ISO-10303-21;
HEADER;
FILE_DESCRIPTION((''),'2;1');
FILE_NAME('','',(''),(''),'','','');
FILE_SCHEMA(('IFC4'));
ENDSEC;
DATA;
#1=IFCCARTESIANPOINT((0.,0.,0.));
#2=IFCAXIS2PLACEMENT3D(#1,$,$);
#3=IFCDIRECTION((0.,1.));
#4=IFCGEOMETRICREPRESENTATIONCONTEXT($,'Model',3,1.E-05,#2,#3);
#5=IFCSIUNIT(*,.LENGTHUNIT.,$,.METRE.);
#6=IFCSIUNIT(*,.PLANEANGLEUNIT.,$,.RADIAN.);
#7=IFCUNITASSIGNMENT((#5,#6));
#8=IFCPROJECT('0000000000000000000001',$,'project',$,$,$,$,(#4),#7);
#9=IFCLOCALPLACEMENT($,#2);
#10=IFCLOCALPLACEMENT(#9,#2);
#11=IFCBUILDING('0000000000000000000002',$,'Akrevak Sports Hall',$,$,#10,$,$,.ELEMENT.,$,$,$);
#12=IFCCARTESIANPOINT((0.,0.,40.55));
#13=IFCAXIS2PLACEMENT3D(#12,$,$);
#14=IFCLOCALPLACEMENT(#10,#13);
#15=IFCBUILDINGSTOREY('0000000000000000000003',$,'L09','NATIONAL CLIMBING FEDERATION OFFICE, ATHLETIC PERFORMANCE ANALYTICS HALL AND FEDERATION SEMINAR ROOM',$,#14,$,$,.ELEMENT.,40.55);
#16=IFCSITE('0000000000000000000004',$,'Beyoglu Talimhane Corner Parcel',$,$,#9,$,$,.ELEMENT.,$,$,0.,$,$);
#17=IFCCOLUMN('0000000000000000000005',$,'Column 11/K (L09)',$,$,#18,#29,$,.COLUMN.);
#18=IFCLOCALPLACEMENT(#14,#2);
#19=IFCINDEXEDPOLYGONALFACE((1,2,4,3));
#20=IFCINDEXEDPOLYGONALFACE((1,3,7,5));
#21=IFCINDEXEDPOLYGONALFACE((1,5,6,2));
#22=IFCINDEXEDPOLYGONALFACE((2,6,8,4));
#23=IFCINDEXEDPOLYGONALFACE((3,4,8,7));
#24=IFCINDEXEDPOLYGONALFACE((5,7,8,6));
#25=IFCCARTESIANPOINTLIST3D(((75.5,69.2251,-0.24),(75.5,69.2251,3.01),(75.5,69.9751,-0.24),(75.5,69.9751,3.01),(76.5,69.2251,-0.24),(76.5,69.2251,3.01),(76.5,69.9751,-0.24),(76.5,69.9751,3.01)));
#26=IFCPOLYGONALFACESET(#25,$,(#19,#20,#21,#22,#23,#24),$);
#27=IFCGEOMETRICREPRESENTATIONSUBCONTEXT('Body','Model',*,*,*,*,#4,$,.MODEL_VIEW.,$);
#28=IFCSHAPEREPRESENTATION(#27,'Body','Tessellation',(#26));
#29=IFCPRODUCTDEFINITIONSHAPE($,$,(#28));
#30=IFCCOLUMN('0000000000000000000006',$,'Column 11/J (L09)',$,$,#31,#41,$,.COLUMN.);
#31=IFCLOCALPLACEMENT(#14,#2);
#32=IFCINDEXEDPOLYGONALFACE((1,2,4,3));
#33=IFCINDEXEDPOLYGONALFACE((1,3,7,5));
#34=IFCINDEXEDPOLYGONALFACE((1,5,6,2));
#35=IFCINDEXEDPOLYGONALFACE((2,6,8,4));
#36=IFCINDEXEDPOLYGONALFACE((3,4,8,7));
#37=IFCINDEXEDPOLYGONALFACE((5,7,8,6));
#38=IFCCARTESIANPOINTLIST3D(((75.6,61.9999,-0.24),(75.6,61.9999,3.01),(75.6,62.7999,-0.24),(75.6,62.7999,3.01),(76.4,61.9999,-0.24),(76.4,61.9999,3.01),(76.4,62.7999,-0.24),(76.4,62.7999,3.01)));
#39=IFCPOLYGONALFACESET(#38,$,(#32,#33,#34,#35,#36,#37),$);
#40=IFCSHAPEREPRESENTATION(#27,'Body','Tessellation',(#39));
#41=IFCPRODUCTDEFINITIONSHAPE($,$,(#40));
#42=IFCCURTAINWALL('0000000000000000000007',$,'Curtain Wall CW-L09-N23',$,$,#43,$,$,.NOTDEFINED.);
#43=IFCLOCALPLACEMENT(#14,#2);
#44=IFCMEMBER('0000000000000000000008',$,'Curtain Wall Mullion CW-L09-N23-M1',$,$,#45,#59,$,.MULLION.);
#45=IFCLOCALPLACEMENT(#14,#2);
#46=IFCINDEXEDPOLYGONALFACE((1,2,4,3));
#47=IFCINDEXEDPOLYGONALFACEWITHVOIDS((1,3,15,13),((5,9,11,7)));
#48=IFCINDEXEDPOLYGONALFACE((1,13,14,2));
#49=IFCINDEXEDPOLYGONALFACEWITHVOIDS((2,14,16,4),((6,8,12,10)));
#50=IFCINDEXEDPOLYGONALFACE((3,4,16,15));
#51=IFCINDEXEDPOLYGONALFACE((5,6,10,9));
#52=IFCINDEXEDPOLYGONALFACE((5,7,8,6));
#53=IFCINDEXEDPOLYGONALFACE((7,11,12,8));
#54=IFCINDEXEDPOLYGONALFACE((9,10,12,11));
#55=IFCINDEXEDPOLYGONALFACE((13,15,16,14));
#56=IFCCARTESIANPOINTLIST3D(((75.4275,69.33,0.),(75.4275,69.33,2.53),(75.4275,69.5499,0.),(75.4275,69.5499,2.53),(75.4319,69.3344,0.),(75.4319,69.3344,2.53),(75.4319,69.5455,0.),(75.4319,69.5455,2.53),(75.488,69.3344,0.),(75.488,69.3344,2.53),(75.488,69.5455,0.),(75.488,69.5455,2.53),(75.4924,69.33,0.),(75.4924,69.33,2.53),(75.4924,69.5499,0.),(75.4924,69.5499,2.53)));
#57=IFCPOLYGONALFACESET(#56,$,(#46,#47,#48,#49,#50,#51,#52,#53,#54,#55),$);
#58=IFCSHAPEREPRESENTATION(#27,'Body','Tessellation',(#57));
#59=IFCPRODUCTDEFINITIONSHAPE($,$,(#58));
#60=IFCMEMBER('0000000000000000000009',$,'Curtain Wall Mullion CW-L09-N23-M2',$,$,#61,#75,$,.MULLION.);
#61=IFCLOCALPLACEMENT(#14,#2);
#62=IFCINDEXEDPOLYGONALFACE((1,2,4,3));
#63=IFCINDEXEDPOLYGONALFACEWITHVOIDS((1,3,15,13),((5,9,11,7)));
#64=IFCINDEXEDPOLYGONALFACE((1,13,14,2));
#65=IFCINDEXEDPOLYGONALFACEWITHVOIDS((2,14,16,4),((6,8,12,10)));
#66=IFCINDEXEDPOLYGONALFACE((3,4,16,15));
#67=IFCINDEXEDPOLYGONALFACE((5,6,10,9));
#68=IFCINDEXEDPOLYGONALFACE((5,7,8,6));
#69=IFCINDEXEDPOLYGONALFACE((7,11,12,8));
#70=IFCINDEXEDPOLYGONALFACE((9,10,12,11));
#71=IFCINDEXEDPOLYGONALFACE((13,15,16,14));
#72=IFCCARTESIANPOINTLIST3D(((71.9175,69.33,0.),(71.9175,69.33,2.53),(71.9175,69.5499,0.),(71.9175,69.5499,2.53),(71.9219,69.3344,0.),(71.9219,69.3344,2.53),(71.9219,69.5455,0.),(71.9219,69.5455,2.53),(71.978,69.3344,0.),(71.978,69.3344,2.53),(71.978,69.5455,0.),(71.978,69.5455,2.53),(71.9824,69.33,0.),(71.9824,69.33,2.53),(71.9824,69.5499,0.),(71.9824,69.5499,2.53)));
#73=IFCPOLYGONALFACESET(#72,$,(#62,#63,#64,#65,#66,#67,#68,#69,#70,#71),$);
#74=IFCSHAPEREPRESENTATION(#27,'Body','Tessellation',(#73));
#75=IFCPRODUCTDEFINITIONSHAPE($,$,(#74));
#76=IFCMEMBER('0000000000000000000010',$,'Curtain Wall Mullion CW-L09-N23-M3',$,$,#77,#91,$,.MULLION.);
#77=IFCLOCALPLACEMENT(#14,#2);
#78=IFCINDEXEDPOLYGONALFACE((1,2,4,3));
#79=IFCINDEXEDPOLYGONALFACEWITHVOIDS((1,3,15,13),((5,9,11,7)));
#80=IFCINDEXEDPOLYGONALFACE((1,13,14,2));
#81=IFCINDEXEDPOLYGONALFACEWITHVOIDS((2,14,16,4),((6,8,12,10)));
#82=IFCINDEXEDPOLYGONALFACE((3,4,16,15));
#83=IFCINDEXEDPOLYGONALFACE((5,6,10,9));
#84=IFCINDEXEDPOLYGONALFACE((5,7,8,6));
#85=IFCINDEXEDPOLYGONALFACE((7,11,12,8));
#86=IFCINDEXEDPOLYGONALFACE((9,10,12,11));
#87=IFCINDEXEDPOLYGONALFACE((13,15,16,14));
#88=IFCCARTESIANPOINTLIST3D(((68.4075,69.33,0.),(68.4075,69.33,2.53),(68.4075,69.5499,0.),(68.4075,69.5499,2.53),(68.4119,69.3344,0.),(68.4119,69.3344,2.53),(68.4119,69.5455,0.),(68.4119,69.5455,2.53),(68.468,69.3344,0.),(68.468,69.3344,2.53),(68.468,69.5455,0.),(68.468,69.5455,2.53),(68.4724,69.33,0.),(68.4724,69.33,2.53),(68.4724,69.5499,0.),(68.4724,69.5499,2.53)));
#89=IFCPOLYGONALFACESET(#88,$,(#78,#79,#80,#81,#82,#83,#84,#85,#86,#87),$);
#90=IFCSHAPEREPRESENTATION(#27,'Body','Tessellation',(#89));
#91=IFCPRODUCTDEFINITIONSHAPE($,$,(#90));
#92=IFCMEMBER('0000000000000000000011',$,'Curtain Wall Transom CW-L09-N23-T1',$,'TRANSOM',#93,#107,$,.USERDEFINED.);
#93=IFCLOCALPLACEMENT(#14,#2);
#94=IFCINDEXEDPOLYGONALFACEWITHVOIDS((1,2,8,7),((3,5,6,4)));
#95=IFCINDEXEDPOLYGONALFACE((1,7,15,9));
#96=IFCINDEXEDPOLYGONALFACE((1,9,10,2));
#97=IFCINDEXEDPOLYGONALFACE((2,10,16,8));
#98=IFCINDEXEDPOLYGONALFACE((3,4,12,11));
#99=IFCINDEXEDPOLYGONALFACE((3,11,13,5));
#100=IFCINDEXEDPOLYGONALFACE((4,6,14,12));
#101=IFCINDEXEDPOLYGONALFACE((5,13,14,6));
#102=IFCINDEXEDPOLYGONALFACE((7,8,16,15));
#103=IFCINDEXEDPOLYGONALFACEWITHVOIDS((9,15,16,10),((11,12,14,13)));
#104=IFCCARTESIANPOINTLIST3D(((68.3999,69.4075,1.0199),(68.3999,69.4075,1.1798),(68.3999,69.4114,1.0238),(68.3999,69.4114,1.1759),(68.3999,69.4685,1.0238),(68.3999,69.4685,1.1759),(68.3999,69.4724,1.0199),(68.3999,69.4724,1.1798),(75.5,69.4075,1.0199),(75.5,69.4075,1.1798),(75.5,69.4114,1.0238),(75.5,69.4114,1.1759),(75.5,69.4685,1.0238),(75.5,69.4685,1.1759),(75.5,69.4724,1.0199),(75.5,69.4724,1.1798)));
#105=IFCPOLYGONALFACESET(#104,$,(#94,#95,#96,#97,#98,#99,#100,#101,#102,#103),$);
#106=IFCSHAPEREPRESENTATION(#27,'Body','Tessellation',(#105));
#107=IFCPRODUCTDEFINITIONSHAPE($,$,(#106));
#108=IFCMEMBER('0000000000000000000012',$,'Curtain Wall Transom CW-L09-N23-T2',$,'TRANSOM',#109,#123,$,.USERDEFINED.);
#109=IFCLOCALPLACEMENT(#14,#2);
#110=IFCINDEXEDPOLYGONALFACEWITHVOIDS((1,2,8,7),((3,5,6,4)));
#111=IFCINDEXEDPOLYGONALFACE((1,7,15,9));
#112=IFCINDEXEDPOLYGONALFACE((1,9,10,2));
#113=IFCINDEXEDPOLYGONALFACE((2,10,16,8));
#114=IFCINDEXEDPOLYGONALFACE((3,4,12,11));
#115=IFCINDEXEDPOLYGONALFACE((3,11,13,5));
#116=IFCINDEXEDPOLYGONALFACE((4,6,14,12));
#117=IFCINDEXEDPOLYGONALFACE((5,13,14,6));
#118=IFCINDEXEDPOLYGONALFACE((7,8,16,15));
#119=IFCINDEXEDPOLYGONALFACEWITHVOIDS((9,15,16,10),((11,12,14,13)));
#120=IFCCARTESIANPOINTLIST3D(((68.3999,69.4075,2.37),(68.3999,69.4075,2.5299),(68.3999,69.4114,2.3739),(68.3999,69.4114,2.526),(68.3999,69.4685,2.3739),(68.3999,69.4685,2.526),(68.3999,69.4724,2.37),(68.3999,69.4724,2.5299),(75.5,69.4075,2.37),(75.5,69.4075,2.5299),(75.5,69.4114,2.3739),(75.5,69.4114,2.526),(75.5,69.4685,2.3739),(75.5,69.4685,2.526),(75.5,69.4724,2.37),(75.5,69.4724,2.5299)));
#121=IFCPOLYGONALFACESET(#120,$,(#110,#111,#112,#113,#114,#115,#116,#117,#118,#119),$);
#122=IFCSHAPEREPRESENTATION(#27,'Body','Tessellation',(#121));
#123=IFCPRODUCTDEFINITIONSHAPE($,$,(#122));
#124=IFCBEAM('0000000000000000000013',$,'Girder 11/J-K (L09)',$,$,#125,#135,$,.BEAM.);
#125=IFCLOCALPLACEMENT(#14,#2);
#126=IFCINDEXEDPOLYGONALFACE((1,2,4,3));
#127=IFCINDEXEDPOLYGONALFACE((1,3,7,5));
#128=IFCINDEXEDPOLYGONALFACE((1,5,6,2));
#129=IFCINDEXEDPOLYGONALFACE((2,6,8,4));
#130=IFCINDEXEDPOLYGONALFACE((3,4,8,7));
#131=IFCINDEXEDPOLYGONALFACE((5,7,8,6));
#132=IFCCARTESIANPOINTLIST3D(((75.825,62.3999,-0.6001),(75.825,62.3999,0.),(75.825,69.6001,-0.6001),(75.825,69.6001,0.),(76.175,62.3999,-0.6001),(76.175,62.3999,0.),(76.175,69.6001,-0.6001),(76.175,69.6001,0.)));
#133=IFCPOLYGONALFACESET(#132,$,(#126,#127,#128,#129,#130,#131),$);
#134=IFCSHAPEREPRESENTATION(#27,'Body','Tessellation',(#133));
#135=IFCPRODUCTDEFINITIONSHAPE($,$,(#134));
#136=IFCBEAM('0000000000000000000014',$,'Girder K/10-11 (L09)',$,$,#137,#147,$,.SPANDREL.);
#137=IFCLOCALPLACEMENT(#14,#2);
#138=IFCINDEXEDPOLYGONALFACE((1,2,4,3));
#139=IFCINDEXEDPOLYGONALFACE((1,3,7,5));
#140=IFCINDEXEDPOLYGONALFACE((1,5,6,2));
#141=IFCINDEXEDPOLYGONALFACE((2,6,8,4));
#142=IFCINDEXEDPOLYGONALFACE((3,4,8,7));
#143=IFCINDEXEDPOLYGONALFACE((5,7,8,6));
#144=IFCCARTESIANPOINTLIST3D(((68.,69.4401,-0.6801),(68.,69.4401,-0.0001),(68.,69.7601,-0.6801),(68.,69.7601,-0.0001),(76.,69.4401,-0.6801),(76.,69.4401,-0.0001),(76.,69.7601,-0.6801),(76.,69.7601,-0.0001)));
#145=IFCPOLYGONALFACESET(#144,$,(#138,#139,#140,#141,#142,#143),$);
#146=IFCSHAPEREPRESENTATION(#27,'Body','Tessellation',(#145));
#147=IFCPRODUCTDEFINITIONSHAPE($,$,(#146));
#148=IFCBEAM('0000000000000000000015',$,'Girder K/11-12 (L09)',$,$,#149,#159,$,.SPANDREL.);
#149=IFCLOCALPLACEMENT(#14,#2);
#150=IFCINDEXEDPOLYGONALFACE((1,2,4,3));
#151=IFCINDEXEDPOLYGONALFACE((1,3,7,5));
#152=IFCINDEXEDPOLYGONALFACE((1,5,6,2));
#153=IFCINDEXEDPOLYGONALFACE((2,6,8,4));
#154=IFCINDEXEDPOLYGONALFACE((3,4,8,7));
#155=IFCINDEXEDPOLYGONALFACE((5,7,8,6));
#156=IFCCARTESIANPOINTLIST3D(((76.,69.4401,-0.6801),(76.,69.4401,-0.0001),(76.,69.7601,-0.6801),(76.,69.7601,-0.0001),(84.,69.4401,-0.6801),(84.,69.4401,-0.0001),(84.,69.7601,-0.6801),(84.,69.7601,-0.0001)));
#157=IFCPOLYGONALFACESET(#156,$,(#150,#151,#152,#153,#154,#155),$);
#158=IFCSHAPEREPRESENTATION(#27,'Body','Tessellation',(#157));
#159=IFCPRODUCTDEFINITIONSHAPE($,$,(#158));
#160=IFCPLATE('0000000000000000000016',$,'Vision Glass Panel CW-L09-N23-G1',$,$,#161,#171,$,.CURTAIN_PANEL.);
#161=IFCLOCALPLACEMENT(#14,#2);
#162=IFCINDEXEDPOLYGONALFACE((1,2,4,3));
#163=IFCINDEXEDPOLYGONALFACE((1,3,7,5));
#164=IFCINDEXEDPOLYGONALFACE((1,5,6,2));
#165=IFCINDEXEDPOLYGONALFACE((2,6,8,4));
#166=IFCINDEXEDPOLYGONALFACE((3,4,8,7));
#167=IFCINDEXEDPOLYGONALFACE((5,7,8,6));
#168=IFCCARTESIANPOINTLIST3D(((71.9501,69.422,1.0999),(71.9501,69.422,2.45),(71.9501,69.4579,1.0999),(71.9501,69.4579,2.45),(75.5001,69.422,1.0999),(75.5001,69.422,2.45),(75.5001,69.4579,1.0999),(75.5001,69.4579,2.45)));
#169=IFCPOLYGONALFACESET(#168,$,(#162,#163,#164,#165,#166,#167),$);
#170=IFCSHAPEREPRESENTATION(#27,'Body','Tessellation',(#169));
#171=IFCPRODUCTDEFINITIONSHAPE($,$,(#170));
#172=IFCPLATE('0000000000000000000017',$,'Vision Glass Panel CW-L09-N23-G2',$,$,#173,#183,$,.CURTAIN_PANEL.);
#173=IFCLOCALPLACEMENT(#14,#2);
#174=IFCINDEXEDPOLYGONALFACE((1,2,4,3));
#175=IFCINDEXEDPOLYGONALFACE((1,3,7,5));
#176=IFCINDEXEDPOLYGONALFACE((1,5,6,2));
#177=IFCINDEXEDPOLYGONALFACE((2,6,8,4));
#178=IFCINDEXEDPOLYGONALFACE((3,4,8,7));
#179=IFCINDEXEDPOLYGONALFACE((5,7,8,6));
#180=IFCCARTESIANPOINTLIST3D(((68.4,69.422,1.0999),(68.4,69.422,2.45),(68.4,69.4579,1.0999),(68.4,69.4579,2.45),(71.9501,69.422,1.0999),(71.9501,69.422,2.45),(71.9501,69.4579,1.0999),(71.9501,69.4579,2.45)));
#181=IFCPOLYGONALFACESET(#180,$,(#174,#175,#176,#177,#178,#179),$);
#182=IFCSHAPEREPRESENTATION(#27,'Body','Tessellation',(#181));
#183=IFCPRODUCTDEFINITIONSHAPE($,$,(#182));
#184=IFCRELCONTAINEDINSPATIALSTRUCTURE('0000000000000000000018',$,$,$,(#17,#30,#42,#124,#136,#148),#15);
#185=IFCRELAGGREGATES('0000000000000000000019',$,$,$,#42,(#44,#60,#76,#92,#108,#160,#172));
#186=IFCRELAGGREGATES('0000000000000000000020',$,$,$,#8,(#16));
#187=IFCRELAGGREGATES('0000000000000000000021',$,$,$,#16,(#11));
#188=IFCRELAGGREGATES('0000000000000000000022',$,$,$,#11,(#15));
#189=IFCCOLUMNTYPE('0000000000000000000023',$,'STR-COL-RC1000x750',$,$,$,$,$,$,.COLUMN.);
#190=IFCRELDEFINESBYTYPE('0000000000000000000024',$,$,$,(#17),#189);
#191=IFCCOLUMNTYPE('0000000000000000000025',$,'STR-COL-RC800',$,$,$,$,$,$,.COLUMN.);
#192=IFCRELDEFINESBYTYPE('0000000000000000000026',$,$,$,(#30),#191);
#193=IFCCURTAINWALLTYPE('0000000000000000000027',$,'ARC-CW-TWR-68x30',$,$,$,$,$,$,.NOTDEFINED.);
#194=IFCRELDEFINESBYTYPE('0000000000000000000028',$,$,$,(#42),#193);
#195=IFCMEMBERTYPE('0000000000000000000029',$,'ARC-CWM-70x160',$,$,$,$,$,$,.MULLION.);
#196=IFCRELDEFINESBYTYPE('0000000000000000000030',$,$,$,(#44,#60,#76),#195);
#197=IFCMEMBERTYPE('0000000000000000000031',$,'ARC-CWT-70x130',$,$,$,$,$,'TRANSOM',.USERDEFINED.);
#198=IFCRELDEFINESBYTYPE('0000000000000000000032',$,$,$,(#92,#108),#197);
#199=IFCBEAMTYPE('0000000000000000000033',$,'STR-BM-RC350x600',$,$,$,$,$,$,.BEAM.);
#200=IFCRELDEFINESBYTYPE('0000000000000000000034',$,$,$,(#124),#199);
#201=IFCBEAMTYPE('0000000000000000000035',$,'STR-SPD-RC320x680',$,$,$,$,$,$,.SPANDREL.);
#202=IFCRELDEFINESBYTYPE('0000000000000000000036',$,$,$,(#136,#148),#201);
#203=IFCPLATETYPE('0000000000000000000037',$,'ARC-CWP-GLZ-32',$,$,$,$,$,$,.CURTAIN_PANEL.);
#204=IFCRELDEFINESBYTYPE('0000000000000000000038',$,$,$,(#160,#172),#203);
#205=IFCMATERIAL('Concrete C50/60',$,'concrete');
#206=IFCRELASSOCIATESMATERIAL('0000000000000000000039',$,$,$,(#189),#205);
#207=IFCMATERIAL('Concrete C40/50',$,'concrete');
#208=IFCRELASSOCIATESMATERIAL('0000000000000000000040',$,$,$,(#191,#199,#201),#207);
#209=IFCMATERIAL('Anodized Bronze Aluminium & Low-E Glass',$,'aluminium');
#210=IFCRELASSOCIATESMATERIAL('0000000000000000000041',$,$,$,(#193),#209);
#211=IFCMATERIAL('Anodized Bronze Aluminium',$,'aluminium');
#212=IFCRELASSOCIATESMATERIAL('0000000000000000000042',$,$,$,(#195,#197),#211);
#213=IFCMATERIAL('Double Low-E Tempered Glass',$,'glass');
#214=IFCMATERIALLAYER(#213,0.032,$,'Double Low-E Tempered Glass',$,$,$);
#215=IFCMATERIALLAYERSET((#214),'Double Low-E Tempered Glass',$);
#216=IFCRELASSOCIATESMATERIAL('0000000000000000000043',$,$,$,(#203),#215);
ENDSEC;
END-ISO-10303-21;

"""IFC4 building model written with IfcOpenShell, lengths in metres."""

from ifc_helpers import new_model, si_unit, direction, frame, origin, origin_2d, place, context, subcontext, project, spatial, rectangle, hollow_rectangle, extrude, material, layer, layer_set, material_profile, profile_set, type_object, element, aggregate, save


model = new_model("IFC4")

# Units and contexts
model_context = context("Model", 3, precision=1e-05, world=origin(), true_north=direction((0.0, 1.0)))
body_context = subcontext(model_context, "Body", "Model", "MODEL_VIEW")
ifc_project = project(units=[si_unit("LENGTHUNIT", "METRE"), si_unit("PLANEANGLEUNIT", "RADIAN")], contexts=[model_context])

# Site, building, storey
site_placement = place(None, origin())
site = spatial("IfcSite", under=ifc_project, at=site_placement, Name="Beyoglu Talimhane Corner Parcel", CompositionType="ELEMENT", RefElevation=0.0)
building_placement = place(site_placement, origin())
building = spatial("IfcBuilding", under=site, at=building_placement, Name="Akrevak Sports Hall", CompositionType="ELEMENT")
storey_placement = place(building_placement, frame((0.0, 0.0, 40.55)))
storey = spatial("IfcBuildingStorey", under=building, at=storey_placement, Name="L09", Description="NATIONAL CLIMBING FEDERATION OFFICE, ATHLETIC PERFORMANCE ANALYTICS HALL AND FEDERATION SEMINAR ROOM", CompositionType="ELEMENT", Elevation=40.55)

# Columns
ifc_material_1 = material(Name="Concrete C50/60", Category="concrete")
ifc_material_profile_1 = material_profile(ifc_material_1, rectangle(XDim=1.0, YDim=0.75, at=origin_2d()), Name="RC 1000x750", Category="concrete")
ifc_profile_set_1 = profile_set([ifc_material_profile_1], Name="Concrete C50/60")
column_type_1 = type_object("IfcColumnType", Name="STR-COL-RC1000x750", PredefinedType="COLUMN", material=ifc_profile_set_1)
column_1_placement = place(storey_placement, frame((76.0, 69.6001, -0.24), z_axis=(0.0, 0.0, 1.0), x_axis=(1.0, 0.0, 0.0)))
element("IfcColumn", 1, at=column_1_placement, inside=storey, type_object=column_type_1, Name="Column 11/K (L09)", PredefinedType="COLUMN", context=body_context, shape_type="SweptSolid", body=[
    extrude(rectangle(XDim=1.0, YDim=0.75, at=origin_2d()), origin(), (0.0, 0.0, 1.0), 3.25),
])
ifc_material_2 = material(Name="Concrete C40/50", Category="concrete")
ifc_material_profile_2 = material_profile(ifc_material_2, rectangle(XDim=0.8, YDim=0.8, at=origin_2d()), Name="RC 800x800", Category="concrete")
ifc_profile_set_2 = profile_set([ifc_material_profile_2], Name="Concrete C40/50")
column_type_2 = type_object("IfcColumnType", Name="STR-COL-RC800", PredefinedType="COLUMN", material=ifc_profile_set_2)
column_2_placement = place(storey_placement, frame((76.0, 62.3999, -0.24), z_axis=(0.0, 0.0, 1.0), x_axis=(1.0, 0.0, 0.0)))
element("IfcColumn", 2, at=column_2_placement, inside=storey, type_object=column_type_2, Name="Column 11/J (L09)", PredefinedType="COLUMN", context=body_context, shape_type="SweptSolid", body=[
    extrude(rectangle(XDim=0.8, YDim=0.8, at=origin_2d()), origin(), (0.0, 0.0, 1.0), 3.25),
])

# Curtain wall, members
ifc_material_3 = material(Name="Anodized Bronze Aluminium & Low-E Glass", Category="aluminium")
curtain_wall_type = type_object("IfcCurtainWallType", Name="ARC-CW-TWR-68x30", PredefinedType="NOTDEFINED", material=ifc_material_3)
curtain_wall_placement = place(storey_placement, origin())
curtain_wall = element("IfcCurtainWall", 3, at=curtain_wall_placement, inside=storey, type_object=curtain_wall_type, Name="Curtain Wall CW-L09-N23", PredefinedType="NOTDEFINED")
ifc_material_4 = material(Name="Anodized Bronze Aluminium", Category="aluminium")
ifc_material_profile_3 = material_profile(ifc_material_4, hollow_rectangle(XDim=0.0649, YDim=0.22, WallThickness=0.0044, at=origin_2d()), Name="CWM 65x220", Category="aluminium")
ifc_profile_set_3 = profile_set([ifc_material_profile_3], Name="Anodized Bronze Aluminium")
member_type_1 = type_object("IfcMemberType", Name="ARC-CWM-70x160", PredefinedType="MULLION", material=ifc_profile_set_3)
member_1_placement = place(storey_placement, frame((75.46, 69.4399, 0.0), z_axis=(0.0, 0.0, 1.0), x_axis=(-1.0, 0.0, 0.0)))
member_1 = element("IfcMember", 4, at=member_1_placement, type_object=member_type_1, Name="Curtain Wall Mullion CW-L09-N23-M1", PredefinedType="MULLION", context=body_context, shape_type="SweptSolid", body=[
    extrude(hollow_rectangle(XDim=0.0649, YDim=0.22, WallThickness=0.0044, at=origin_2d()), origin(), (0.0, 0.0, 1.0), 2.53),
])
member_2_placement = place(storey_placement, frame((71.95, 69.4399, 0.0), z_axis=(0.0, 0.0, 1.0), x_axis=(-1.0, 0.0, 0.0)))
member_2 = element("IfcMember", 5, at=member_2_placement, type_object=member_type_1, Name="Curtain Wall Mullion CW-L09-N23-M2", PredefinedType="MULLION", context=body_context, shape_type="SweptSolid", body=[
    extrude(hollow_rectangle(XDim=0.0649, YDim=0.22, WallThickness=0.0044, at=origin_2d()), origin(), (0.0, 0.0, 1.0), 2.53),
])
member_3_placement = place(storey_placement, frame((68.4399, 69.4399, 0.0), z_axis=(0.0, 0.0, 1.0), x_axis=(-1.0, 0.0, 0.0)))
member_3 = element("IfcMember", 6, at=member_3_placement, type_object=member_type_1, Name="Curtain Wall Mullion CW-L09-N23-M3", PredefinedType="MULLION", context=body_context, shape_type="SweptSolid", body=[
    extrude(hollow_rectangle(XDim=0.0649, YDim=0.22, WallThickness=0.0044, at=origin_2d()), origin(), (0.0, 0.0, 1.0), 2.53),
])
ifc_material_profile_4 = material_profile(ifc_material_4, hollow_rectangle(XDim=0.0649, YDim=0.1599, WallThickness=0.0039, at=origin_2d()), Name="CWT 65x160", Category="aluminium")
ifc_profile_set_4 = profile_set([ifc_material_profile_4], Name="Anodized Bronze Aluminium")
member_type_2 = type_object("IfcMemberType", Name="ARC-CWT-70x130", ElementType="TRANSOM", PredefinedType="USERDEFINED", material=ifc_profile_set_4)
member_4_placement = place(storey_placement, frame((75.5, 69.4399, 1.0999), z_axis=(-1.0, 0.0, 0.0), x_axis=(0.0, -1.0, 0.0)))
member_4 = element("IfcMember", 7, at=member_4_placement, type_object=member_type_2, Name="Curtain Wall Transom CW-L09-N23-T1", ObjectType="TRANSOM", PredefinedType="USERDEFINED", context=body_context, shape_type="SweptSolid", body=[
    extrude(hollow_rectangle(XDim=0.0649, YDim=0.1599, WallThickness=0.0039, at=origin_2d()), origin(), (0.0, 0.0, 1.0), 7.1001),
])
member_5_placement = place(storey_placement, frame((75.5, 69.4399, 2.45), z_axis=(-1.0, 0.0, 0.0), x_axis=(0.0, -1.0, 0.0)))
member_5 = element("IfcMember", 8, at=member_5_placement, type_object=member_type_2, Name="Curtain Wall Transom CW-L09-N23-T2", ObjectType="TRANSOM", PredefinedType="USERDEFINED", context=body_context, shape_type="SweptSolid", body=[
    extrude(hollow_rectangle(XDim=0.0649, YDim=0.1599, WallThickness=0.0039, at=origin_2d()), origin(), (0.0, 0.0, 1.0), 7.1001),
])

# Beams
ifc_material_profile_5 = material_profile(ifc_material_2, rectangle(XDim=0.3501, YDim=0.6001, at=origin_2d()), Name="BM 350x600", Category="concrete")
ifc_profile_set_5 = profile_set([ifc_material_profile_5], Name="Concrete C40/50")
beam_type_1 = type_object("IfcBeamType", Name="STR-BM-RC350x600", PredefinedType="BEAM", material=ifc_profile_set_5)
beam_placement = place(storey_placement, frame((76.0, 62.3999, -0.3), z_axis=(0.0, 1.0, 0.0), x_axis=(-1.0, 0.0, 0.0)))
element("IfcBeam", 9, at=beam_placement, inside=storey, type_object=beam_type_1, Name="Girder 11/J-K (L09)", PredefinedType="BEAM", context=body_context, shape_type="SweptSolid", body=[
    extrude(rectangle(XDim=0.3501, YDim=0.6001, at=origin_2d()), origin(), (0.0, 0.0, 1.0), 7.2002),
])
ifc_material_profile_6 = material_profile(ifc_material_2, rectangle(XDim=0.3201, YDim=0.6799, at=origin_2d()), Name="SPD 320x680", Category="concrete")
ifc_profile_set_6 = profile_set([ifc_material_profile_6], Name="Concrete C40/50")
beam_type_2 = type_object("IfcBeamType", Name="STR-SPD-RC320x680", PredefinedType="SPANDREL", material=ifc_profile_set_6)
for number, where, z_axis, x_axis, name in (
    (10, (68.0, 69.6001, -0.3401), (1.0, 0.0, 0.0), (0.0, 1.0, 0.0), "Girder K/10-11 (L09)"),
    (11, (76.0, 69.6001, -0.3401), (1.0, 0.0, 0.0), (0.0, 1.0, 0.0), "Girder K/11-12 (L09)"),
):
    element("IfcBeam", number, at=place(storey_placement, frame(where, z_axis=z_axis, x_axis=x_axis)), inside=storey, type_object=beam_type_2, Name=name, PredefinedType="SPANDREL", context=body_context, shape_type="SweptSolid", body=[
        extrude(rectangle(XDim=0.3201, YDim=0.6799, at=origin_2d()), origin(), (0.0, 0.0, 1.0), 8.0),
    ])

# Plates
ifc_material_5 = material(Name="Double Low-E Tempered Glass", Category="glass")
ifc_layer_1 = layer(ifc_material_5, 0.032, Name="Double Low-E Tempered Glass")
ifc_layer_set_1 = layer_set([ifc_layer_1], Name="Double Low-E Tempered Glass")
plate_type_1 = type_object("IfcPlateType", Name="ARC-CWP-GLZ-32", PredefinedType="CURTAIN_PANEL", material=ifc_layer_set_1)
plate_1_placement = place(storey_placement, frame((73.7251, 69.4399, 1.0999), z_axis=(0.0, 0.0, 1.0), x_axis=(-1.0, 0.0, 0.0)))
plate_1 = element("IfcPlate", 12, at=plate_1_placement, type_object=plate_type_1, Name="Vision Glass Panel CW-L09-N23-G1", PredefinedType="CURTAIN_PANEL", context=body_context, shape_type="SweptSolid", body=[
    extrude(rectangle(XDim=3.55, YDim=0.0359, at=origin_2d()), origin(), (0.0, 0.0, 1.0), 1.3501),
])
plate_2_placement = place(storey_placement, frame((70.175, 69.4399, 1.0999), z_axis=(0.0, 0.0, 1.0), x_axis=(-1.0, 0.0, 0.0)))
plate_2 = element("IfcPlate", 13, at=plate_2_placement, type_object=plate_type_1, Name="Vision Glass Panel CW-L09-N23-G2", PredefinedType="CURTAIN_PANEL", context=body_context, shape_type="SweptSolid", body=[
    extrude(rectangle(XDim=3.55, YDim=0.0359, at=origin_2d()), origin(), (0.0, 0.0, 1.0), 1.3501),
])
aggregate(curtain_wall, [member_1, member_2, member_3, member_4, member_5, plate_1, plate_2])

save(model, "model.ifc")
